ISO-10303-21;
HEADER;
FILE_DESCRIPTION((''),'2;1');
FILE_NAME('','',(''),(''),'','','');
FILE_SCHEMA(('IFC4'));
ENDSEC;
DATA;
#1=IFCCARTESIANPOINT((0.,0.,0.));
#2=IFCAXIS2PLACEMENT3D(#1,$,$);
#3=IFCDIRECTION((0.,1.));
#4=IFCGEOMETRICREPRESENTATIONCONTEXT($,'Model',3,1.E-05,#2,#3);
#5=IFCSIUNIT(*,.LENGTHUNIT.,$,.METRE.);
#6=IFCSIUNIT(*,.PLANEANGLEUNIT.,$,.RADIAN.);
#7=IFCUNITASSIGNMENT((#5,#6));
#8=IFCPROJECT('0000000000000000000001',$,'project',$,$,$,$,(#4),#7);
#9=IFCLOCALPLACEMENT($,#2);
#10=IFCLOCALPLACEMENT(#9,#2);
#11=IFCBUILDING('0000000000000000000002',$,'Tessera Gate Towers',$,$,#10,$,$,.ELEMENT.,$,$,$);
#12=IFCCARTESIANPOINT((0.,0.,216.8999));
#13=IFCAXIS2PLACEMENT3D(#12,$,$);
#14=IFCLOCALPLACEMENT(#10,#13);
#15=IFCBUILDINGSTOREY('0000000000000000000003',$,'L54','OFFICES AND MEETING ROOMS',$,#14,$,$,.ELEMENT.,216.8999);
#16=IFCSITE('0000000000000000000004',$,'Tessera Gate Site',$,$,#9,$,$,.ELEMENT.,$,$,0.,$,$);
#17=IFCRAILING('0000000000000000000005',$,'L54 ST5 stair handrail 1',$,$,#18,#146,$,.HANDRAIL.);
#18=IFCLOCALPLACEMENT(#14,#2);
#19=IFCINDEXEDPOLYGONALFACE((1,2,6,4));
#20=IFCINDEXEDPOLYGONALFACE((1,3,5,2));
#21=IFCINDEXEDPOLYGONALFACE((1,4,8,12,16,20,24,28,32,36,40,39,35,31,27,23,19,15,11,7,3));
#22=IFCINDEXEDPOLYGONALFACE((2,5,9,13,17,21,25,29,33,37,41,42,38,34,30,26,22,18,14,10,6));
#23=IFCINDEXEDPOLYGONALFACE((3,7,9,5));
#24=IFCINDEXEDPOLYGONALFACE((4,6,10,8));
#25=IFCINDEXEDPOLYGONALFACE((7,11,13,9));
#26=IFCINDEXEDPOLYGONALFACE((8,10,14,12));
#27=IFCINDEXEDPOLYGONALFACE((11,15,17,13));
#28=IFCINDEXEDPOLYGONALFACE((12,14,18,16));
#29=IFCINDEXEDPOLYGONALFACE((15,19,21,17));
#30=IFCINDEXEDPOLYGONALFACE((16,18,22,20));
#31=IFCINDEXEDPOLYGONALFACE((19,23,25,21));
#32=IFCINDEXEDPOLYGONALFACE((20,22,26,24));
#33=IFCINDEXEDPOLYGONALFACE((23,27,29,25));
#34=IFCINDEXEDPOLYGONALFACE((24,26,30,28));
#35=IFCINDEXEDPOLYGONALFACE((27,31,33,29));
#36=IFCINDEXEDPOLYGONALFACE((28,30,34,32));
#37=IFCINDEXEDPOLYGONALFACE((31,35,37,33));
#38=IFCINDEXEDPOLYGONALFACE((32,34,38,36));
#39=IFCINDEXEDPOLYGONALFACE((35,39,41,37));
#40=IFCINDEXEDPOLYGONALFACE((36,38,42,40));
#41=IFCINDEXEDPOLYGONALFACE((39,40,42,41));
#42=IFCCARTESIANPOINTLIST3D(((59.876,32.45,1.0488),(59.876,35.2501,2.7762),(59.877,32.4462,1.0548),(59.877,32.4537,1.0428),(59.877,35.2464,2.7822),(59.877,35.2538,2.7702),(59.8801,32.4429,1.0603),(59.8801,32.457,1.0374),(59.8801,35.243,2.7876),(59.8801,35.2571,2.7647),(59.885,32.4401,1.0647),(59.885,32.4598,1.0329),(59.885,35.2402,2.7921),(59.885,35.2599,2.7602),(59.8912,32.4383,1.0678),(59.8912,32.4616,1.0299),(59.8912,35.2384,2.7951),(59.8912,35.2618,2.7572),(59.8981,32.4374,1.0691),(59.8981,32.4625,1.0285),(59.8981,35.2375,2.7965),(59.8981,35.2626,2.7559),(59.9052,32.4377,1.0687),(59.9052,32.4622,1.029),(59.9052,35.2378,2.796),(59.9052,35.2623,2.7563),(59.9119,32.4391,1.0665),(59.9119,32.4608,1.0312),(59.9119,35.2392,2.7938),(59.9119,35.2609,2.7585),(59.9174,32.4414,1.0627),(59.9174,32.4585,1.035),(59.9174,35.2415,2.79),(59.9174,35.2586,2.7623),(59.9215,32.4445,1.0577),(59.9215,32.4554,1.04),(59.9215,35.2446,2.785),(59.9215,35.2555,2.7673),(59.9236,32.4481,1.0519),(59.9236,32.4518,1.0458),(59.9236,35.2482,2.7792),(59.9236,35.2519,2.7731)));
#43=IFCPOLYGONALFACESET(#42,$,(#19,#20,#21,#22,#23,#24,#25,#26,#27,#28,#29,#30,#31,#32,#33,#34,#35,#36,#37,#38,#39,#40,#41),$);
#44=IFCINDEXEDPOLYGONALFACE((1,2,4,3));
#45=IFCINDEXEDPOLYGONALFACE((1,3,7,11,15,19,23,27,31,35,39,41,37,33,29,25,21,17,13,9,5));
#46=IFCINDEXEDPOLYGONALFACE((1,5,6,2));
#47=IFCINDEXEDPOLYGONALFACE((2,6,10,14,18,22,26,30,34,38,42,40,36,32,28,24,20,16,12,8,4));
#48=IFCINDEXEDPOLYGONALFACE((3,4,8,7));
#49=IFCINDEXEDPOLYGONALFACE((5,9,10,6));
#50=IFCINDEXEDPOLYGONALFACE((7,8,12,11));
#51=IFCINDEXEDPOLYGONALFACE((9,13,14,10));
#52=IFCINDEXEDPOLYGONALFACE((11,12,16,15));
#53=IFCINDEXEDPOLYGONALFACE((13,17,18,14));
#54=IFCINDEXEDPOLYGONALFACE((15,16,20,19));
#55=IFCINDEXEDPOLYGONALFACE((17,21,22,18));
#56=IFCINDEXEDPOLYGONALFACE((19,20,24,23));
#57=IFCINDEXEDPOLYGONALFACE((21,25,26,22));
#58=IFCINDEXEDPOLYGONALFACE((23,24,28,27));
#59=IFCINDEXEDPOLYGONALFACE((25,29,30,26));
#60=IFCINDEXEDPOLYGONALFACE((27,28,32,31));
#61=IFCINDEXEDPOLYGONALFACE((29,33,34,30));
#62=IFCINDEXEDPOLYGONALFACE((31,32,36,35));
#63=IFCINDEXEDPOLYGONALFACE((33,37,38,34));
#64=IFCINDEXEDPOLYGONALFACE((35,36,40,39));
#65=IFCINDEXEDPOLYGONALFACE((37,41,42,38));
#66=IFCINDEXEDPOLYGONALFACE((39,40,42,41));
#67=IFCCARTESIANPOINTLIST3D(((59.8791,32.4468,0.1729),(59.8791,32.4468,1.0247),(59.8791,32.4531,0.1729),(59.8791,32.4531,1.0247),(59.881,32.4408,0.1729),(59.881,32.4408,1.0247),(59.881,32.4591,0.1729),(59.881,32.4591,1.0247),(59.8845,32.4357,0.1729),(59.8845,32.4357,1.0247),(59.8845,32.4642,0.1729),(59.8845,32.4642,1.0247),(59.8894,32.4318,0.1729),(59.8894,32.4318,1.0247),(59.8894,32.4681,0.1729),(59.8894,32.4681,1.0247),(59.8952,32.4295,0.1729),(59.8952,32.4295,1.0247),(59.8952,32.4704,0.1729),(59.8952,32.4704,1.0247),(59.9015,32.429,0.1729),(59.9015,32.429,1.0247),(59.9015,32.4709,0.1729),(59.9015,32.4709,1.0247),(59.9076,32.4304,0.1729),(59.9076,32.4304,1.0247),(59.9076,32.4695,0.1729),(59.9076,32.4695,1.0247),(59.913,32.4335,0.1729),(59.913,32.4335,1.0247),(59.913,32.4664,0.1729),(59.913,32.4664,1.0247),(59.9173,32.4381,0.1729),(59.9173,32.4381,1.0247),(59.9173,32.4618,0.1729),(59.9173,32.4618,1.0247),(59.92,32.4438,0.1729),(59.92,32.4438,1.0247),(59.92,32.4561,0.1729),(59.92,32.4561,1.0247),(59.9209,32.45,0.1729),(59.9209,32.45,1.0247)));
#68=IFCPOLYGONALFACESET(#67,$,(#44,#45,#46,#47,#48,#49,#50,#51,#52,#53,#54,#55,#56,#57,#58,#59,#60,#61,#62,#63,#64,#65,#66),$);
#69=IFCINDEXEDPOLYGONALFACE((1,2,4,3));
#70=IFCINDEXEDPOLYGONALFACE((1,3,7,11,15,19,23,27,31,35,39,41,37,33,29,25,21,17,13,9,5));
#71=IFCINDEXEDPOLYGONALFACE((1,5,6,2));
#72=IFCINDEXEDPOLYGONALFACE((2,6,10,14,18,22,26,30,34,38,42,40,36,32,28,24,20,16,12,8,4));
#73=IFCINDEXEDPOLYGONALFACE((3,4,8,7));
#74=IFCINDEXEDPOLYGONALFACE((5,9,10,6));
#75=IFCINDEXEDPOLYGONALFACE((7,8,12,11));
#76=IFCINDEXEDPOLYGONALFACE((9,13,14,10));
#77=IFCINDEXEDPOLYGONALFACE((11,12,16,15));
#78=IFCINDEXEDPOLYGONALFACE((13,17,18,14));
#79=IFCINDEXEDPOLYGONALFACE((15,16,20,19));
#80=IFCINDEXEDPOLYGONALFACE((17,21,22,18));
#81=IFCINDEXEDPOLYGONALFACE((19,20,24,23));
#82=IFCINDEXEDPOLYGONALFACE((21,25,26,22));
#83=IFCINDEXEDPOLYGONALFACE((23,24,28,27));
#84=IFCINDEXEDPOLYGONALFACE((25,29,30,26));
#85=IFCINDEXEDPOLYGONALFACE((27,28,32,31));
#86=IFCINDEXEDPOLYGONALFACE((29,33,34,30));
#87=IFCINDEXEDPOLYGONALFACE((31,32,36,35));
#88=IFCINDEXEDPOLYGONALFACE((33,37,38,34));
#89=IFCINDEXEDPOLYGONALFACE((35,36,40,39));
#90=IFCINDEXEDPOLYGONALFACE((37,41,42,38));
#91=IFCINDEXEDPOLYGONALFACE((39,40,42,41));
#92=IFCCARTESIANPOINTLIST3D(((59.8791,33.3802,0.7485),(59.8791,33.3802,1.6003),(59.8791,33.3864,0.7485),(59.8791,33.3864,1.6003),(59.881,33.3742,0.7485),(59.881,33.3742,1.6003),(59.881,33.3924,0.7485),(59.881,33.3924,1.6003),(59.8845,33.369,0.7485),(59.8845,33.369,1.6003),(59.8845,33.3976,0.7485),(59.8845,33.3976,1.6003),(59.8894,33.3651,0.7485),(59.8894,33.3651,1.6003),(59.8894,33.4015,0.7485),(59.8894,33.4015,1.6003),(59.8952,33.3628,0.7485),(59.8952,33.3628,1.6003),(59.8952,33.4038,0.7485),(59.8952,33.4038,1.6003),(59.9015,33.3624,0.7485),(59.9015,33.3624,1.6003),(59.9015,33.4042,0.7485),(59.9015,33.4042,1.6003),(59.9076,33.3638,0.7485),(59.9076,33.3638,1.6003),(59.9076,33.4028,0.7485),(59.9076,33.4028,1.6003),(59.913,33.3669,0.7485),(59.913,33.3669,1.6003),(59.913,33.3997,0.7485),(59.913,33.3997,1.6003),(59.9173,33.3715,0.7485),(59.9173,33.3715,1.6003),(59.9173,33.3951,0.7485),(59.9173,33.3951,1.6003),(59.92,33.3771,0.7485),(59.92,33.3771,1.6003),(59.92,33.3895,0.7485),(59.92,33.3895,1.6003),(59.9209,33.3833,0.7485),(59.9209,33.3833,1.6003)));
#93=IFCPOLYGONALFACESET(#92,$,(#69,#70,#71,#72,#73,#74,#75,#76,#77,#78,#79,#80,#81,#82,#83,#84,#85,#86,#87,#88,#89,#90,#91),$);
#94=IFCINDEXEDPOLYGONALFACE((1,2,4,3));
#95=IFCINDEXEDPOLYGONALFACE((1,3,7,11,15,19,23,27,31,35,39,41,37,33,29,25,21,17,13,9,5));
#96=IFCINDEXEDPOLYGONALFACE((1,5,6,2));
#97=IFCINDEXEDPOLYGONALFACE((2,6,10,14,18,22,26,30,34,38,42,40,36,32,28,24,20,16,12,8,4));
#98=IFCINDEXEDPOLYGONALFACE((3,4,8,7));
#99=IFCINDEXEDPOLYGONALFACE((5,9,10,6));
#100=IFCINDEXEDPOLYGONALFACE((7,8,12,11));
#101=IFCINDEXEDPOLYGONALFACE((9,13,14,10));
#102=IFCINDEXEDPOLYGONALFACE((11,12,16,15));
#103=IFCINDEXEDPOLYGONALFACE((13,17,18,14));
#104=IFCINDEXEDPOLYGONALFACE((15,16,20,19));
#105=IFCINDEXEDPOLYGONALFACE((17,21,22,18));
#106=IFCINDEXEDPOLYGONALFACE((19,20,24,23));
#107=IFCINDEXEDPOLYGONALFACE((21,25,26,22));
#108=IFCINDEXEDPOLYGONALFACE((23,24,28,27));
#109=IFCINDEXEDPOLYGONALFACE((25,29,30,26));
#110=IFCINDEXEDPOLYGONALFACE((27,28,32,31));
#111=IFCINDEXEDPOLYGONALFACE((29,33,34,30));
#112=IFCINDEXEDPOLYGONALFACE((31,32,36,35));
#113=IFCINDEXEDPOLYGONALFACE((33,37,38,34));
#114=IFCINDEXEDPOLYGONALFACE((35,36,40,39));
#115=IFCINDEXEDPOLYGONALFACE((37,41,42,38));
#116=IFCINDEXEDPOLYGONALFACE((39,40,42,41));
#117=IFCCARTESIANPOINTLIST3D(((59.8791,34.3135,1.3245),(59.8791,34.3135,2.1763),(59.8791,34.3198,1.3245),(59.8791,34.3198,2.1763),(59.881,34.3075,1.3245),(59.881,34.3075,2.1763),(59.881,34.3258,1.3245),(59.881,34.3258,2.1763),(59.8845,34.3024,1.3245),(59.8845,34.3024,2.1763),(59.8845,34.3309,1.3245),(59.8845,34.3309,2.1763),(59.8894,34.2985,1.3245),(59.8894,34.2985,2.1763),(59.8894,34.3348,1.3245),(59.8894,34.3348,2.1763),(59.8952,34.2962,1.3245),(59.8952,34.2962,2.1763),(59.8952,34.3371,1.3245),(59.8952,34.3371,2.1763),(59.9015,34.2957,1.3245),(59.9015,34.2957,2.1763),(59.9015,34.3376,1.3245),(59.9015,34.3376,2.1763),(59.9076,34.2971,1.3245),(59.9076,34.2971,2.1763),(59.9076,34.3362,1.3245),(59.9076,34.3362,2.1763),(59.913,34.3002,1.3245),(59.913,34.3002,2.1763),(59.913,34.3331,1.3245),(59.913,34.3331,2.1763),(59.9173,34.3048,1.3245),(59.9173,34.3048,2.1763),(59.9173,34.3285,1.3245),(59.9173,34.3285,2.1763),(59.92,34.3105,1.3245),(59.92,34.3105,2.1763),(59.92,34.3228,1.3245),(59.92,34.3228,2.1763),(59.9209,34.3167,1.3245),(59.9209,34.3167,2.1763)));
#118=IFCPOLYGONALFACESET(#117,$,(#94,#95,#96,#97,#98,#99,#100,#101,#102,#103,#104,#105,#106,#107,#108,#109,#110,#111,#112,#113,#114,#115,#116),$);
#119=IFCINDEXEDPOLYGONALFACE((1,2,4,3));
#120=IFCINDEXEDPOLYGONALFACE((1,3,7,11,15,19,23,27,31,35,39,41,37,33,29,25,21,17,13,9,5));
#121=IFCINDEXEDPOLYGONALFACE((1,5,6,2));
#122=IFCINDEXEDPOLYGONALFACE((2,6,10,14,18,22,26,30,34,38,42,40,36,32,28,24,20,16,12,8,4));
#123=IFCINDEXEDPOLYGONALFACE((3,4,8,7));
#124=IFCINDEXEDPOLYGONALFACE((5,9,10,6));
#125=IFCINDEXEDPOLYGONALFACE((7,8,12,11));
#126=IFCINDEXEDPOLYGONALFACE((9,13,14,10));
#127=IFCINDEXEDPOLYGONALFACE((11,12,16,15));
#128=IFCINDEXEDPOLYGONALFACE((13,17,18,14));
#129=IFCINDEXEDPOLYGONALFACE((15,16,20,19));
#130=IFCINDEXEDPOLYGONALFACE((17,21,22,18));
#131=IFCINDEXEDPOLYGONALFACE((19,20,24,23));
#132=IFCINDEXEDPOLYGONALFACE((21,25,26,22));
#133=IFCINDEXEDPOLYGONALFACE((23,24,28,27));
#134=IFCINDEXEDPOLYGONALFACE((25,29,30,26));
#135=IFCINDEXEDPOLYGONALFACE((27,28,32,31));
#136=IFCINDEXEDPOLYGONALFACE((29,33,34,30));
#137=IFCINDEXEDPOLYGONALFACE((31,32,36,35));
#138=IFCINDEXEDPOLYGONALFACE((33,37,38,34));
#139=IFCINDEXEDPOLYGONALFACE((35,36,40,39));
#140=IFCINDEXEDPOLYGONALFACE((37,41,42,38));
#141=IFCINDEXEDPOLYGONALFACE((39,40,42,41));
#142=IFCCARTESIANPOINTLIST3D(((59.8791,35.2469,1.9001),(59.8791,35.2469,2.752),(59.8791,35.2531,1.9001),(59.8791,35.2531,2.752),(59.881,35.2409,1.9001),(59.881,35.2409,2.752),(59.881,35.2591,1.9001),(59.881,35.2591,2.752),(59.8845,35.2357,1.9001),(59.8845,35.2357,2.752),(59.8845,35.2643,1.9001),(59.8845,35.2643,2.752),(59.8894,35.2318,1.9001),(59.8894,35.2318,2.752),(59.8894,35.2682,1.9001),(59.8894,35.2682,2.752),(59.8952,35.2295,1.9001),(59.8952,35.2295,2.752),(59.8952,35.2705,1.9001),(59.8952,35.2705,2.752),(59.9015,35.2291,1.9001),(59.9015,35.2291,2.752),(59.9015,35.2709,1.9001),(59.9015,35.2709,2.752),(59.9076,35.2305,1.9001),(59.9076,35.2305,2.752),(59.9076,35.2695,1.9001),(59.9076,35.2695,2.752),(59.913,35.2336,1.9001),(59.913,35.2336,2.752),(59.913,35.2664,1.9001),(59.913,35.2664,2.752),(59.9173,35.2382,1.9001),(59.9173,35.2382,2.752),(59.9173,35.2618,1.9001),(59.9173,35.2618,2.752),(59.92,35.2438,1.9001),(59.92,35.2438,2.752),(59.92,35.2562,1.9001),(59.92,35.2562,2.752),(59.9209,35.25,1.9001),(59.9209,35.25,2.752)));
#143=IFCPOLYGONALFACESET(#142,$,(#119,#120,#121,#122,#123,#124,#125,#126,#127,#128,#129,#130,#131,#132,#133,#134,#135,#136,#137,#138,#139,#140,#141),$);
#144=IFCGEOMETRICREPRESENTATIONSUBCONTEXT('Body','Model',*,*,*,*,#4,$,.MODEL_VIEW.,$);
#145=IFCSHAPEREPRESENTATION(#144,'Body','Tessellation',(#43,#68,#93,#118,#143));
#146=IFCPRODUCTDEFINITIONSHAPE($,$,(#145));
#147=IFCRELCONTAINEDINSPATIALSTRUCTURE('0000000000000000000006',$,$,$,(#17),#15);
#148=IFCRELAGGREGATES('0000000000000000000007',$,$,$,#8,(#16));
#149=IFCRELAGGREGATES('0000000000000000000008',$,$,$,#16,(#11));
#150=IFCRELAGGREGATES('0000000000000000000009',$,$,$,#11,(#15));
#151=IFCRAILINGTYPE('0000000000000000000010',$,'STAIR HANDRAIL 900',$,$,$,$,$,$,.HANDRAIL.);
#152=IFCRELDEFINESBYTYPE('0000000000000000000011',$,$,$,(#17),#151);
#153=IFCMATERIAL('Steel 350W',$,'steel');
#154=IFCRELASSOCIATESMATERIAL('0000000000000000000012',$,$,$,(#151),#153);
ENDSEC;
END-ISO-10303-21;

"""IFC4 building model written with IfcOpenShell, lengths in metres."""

from ifc_helpers import new_model, si_unit, direction, frame, origin, origin_2d, place, context, subcontext, project, spatial, circle, extrude, material, type_object, element, save


model = new_model("IFC4")

# Units and contexts
model_context = context("Model", 3, precision=1e-05, world=origin(), true_north=direction((0.0, 1.0)))
body_context = subcontext(model_context, "Body", "Model", "MODEL_VIEW")
ifc_project = project(units=[si_unit("LENGTHUNIT", "METRE"), si_unit("PLANEANGLEUNIT", "RADIAN")], contexts=[model_context])

# Site, building, storey
site_placement = place(None, origin())
site = spatial("IfcSite", under=ifc_project, at=site_placement, Name="Tessera Gate Site", CompositionType="ELEMENT", RefElevation=0.0)
building_placement = place(site_placement, origin())
building = spatial("IfcBuilding", under=site, at=building_placement, Name="Tessera Gate Towers", CompositionType="ELEMENT")
storey_placement = place(building_placement, frame((0.0, 0.0, 216.8999)))
storey = spatial("IfcBuildingStorey", under=building, at=storey_placement, Name="L54", Description="OFFICES AND MEETING ROOMS", CompositionType="ELEMENT", Elevation=216.8999)

# Railing
ifc_material_1 = material(Name="Steel 350W", Category="steel")
railing_type_1 = type_object("IfcRailingType", Name="STAIR HANDRAIL 900", PredefinedType="HANDRAIL", material=ifc_material_1)
railing_1_placement = place(storey_placement, frame((59.8999, 32.45, 0.1729)))
element("IfcRailing", 1, at=railing_1_placement, inside=storey, type_object=railing_type_1, Name="L54 ST5 stair handrail 1", PredefinedType="HANDRAIL", context=body_context, shape_type="SweptSolid", body=[
    extrude(circle(Radius=0.0239, at=origin_2d()), frame((0.0, 0.0, 0.876), z_axis=(0.0, 0.85109, 0.52502), x_axis=(-1.0, 0.0, 0.0)), (0.0, 0.0, 1.0), 3.29),
    extrude(circle(Radius=0.021, at=origin_2d()), origin(), (0.0, 0.0, 1.0), 0.8518),
    extrude(circle(Radius=0.021, at=origin_2d()), frame((0.0, 0.9333, 0.5757)), (0.0, 0.0, 1.0), 0.8518),
    extrude(circle(Radius=0.021, at=origin_2d()), frame((0.0, 1.8667, 1.1516)), (0.0, 0.0, 1.0), 0.8518),
    extrude(circle(Radius=0.021, at=origin_2d()), frame((0.0, 2.8, 1.7273)), (0.0, 0.0, 1.0), 0.8518),
])

save(model, "model.ifc")
